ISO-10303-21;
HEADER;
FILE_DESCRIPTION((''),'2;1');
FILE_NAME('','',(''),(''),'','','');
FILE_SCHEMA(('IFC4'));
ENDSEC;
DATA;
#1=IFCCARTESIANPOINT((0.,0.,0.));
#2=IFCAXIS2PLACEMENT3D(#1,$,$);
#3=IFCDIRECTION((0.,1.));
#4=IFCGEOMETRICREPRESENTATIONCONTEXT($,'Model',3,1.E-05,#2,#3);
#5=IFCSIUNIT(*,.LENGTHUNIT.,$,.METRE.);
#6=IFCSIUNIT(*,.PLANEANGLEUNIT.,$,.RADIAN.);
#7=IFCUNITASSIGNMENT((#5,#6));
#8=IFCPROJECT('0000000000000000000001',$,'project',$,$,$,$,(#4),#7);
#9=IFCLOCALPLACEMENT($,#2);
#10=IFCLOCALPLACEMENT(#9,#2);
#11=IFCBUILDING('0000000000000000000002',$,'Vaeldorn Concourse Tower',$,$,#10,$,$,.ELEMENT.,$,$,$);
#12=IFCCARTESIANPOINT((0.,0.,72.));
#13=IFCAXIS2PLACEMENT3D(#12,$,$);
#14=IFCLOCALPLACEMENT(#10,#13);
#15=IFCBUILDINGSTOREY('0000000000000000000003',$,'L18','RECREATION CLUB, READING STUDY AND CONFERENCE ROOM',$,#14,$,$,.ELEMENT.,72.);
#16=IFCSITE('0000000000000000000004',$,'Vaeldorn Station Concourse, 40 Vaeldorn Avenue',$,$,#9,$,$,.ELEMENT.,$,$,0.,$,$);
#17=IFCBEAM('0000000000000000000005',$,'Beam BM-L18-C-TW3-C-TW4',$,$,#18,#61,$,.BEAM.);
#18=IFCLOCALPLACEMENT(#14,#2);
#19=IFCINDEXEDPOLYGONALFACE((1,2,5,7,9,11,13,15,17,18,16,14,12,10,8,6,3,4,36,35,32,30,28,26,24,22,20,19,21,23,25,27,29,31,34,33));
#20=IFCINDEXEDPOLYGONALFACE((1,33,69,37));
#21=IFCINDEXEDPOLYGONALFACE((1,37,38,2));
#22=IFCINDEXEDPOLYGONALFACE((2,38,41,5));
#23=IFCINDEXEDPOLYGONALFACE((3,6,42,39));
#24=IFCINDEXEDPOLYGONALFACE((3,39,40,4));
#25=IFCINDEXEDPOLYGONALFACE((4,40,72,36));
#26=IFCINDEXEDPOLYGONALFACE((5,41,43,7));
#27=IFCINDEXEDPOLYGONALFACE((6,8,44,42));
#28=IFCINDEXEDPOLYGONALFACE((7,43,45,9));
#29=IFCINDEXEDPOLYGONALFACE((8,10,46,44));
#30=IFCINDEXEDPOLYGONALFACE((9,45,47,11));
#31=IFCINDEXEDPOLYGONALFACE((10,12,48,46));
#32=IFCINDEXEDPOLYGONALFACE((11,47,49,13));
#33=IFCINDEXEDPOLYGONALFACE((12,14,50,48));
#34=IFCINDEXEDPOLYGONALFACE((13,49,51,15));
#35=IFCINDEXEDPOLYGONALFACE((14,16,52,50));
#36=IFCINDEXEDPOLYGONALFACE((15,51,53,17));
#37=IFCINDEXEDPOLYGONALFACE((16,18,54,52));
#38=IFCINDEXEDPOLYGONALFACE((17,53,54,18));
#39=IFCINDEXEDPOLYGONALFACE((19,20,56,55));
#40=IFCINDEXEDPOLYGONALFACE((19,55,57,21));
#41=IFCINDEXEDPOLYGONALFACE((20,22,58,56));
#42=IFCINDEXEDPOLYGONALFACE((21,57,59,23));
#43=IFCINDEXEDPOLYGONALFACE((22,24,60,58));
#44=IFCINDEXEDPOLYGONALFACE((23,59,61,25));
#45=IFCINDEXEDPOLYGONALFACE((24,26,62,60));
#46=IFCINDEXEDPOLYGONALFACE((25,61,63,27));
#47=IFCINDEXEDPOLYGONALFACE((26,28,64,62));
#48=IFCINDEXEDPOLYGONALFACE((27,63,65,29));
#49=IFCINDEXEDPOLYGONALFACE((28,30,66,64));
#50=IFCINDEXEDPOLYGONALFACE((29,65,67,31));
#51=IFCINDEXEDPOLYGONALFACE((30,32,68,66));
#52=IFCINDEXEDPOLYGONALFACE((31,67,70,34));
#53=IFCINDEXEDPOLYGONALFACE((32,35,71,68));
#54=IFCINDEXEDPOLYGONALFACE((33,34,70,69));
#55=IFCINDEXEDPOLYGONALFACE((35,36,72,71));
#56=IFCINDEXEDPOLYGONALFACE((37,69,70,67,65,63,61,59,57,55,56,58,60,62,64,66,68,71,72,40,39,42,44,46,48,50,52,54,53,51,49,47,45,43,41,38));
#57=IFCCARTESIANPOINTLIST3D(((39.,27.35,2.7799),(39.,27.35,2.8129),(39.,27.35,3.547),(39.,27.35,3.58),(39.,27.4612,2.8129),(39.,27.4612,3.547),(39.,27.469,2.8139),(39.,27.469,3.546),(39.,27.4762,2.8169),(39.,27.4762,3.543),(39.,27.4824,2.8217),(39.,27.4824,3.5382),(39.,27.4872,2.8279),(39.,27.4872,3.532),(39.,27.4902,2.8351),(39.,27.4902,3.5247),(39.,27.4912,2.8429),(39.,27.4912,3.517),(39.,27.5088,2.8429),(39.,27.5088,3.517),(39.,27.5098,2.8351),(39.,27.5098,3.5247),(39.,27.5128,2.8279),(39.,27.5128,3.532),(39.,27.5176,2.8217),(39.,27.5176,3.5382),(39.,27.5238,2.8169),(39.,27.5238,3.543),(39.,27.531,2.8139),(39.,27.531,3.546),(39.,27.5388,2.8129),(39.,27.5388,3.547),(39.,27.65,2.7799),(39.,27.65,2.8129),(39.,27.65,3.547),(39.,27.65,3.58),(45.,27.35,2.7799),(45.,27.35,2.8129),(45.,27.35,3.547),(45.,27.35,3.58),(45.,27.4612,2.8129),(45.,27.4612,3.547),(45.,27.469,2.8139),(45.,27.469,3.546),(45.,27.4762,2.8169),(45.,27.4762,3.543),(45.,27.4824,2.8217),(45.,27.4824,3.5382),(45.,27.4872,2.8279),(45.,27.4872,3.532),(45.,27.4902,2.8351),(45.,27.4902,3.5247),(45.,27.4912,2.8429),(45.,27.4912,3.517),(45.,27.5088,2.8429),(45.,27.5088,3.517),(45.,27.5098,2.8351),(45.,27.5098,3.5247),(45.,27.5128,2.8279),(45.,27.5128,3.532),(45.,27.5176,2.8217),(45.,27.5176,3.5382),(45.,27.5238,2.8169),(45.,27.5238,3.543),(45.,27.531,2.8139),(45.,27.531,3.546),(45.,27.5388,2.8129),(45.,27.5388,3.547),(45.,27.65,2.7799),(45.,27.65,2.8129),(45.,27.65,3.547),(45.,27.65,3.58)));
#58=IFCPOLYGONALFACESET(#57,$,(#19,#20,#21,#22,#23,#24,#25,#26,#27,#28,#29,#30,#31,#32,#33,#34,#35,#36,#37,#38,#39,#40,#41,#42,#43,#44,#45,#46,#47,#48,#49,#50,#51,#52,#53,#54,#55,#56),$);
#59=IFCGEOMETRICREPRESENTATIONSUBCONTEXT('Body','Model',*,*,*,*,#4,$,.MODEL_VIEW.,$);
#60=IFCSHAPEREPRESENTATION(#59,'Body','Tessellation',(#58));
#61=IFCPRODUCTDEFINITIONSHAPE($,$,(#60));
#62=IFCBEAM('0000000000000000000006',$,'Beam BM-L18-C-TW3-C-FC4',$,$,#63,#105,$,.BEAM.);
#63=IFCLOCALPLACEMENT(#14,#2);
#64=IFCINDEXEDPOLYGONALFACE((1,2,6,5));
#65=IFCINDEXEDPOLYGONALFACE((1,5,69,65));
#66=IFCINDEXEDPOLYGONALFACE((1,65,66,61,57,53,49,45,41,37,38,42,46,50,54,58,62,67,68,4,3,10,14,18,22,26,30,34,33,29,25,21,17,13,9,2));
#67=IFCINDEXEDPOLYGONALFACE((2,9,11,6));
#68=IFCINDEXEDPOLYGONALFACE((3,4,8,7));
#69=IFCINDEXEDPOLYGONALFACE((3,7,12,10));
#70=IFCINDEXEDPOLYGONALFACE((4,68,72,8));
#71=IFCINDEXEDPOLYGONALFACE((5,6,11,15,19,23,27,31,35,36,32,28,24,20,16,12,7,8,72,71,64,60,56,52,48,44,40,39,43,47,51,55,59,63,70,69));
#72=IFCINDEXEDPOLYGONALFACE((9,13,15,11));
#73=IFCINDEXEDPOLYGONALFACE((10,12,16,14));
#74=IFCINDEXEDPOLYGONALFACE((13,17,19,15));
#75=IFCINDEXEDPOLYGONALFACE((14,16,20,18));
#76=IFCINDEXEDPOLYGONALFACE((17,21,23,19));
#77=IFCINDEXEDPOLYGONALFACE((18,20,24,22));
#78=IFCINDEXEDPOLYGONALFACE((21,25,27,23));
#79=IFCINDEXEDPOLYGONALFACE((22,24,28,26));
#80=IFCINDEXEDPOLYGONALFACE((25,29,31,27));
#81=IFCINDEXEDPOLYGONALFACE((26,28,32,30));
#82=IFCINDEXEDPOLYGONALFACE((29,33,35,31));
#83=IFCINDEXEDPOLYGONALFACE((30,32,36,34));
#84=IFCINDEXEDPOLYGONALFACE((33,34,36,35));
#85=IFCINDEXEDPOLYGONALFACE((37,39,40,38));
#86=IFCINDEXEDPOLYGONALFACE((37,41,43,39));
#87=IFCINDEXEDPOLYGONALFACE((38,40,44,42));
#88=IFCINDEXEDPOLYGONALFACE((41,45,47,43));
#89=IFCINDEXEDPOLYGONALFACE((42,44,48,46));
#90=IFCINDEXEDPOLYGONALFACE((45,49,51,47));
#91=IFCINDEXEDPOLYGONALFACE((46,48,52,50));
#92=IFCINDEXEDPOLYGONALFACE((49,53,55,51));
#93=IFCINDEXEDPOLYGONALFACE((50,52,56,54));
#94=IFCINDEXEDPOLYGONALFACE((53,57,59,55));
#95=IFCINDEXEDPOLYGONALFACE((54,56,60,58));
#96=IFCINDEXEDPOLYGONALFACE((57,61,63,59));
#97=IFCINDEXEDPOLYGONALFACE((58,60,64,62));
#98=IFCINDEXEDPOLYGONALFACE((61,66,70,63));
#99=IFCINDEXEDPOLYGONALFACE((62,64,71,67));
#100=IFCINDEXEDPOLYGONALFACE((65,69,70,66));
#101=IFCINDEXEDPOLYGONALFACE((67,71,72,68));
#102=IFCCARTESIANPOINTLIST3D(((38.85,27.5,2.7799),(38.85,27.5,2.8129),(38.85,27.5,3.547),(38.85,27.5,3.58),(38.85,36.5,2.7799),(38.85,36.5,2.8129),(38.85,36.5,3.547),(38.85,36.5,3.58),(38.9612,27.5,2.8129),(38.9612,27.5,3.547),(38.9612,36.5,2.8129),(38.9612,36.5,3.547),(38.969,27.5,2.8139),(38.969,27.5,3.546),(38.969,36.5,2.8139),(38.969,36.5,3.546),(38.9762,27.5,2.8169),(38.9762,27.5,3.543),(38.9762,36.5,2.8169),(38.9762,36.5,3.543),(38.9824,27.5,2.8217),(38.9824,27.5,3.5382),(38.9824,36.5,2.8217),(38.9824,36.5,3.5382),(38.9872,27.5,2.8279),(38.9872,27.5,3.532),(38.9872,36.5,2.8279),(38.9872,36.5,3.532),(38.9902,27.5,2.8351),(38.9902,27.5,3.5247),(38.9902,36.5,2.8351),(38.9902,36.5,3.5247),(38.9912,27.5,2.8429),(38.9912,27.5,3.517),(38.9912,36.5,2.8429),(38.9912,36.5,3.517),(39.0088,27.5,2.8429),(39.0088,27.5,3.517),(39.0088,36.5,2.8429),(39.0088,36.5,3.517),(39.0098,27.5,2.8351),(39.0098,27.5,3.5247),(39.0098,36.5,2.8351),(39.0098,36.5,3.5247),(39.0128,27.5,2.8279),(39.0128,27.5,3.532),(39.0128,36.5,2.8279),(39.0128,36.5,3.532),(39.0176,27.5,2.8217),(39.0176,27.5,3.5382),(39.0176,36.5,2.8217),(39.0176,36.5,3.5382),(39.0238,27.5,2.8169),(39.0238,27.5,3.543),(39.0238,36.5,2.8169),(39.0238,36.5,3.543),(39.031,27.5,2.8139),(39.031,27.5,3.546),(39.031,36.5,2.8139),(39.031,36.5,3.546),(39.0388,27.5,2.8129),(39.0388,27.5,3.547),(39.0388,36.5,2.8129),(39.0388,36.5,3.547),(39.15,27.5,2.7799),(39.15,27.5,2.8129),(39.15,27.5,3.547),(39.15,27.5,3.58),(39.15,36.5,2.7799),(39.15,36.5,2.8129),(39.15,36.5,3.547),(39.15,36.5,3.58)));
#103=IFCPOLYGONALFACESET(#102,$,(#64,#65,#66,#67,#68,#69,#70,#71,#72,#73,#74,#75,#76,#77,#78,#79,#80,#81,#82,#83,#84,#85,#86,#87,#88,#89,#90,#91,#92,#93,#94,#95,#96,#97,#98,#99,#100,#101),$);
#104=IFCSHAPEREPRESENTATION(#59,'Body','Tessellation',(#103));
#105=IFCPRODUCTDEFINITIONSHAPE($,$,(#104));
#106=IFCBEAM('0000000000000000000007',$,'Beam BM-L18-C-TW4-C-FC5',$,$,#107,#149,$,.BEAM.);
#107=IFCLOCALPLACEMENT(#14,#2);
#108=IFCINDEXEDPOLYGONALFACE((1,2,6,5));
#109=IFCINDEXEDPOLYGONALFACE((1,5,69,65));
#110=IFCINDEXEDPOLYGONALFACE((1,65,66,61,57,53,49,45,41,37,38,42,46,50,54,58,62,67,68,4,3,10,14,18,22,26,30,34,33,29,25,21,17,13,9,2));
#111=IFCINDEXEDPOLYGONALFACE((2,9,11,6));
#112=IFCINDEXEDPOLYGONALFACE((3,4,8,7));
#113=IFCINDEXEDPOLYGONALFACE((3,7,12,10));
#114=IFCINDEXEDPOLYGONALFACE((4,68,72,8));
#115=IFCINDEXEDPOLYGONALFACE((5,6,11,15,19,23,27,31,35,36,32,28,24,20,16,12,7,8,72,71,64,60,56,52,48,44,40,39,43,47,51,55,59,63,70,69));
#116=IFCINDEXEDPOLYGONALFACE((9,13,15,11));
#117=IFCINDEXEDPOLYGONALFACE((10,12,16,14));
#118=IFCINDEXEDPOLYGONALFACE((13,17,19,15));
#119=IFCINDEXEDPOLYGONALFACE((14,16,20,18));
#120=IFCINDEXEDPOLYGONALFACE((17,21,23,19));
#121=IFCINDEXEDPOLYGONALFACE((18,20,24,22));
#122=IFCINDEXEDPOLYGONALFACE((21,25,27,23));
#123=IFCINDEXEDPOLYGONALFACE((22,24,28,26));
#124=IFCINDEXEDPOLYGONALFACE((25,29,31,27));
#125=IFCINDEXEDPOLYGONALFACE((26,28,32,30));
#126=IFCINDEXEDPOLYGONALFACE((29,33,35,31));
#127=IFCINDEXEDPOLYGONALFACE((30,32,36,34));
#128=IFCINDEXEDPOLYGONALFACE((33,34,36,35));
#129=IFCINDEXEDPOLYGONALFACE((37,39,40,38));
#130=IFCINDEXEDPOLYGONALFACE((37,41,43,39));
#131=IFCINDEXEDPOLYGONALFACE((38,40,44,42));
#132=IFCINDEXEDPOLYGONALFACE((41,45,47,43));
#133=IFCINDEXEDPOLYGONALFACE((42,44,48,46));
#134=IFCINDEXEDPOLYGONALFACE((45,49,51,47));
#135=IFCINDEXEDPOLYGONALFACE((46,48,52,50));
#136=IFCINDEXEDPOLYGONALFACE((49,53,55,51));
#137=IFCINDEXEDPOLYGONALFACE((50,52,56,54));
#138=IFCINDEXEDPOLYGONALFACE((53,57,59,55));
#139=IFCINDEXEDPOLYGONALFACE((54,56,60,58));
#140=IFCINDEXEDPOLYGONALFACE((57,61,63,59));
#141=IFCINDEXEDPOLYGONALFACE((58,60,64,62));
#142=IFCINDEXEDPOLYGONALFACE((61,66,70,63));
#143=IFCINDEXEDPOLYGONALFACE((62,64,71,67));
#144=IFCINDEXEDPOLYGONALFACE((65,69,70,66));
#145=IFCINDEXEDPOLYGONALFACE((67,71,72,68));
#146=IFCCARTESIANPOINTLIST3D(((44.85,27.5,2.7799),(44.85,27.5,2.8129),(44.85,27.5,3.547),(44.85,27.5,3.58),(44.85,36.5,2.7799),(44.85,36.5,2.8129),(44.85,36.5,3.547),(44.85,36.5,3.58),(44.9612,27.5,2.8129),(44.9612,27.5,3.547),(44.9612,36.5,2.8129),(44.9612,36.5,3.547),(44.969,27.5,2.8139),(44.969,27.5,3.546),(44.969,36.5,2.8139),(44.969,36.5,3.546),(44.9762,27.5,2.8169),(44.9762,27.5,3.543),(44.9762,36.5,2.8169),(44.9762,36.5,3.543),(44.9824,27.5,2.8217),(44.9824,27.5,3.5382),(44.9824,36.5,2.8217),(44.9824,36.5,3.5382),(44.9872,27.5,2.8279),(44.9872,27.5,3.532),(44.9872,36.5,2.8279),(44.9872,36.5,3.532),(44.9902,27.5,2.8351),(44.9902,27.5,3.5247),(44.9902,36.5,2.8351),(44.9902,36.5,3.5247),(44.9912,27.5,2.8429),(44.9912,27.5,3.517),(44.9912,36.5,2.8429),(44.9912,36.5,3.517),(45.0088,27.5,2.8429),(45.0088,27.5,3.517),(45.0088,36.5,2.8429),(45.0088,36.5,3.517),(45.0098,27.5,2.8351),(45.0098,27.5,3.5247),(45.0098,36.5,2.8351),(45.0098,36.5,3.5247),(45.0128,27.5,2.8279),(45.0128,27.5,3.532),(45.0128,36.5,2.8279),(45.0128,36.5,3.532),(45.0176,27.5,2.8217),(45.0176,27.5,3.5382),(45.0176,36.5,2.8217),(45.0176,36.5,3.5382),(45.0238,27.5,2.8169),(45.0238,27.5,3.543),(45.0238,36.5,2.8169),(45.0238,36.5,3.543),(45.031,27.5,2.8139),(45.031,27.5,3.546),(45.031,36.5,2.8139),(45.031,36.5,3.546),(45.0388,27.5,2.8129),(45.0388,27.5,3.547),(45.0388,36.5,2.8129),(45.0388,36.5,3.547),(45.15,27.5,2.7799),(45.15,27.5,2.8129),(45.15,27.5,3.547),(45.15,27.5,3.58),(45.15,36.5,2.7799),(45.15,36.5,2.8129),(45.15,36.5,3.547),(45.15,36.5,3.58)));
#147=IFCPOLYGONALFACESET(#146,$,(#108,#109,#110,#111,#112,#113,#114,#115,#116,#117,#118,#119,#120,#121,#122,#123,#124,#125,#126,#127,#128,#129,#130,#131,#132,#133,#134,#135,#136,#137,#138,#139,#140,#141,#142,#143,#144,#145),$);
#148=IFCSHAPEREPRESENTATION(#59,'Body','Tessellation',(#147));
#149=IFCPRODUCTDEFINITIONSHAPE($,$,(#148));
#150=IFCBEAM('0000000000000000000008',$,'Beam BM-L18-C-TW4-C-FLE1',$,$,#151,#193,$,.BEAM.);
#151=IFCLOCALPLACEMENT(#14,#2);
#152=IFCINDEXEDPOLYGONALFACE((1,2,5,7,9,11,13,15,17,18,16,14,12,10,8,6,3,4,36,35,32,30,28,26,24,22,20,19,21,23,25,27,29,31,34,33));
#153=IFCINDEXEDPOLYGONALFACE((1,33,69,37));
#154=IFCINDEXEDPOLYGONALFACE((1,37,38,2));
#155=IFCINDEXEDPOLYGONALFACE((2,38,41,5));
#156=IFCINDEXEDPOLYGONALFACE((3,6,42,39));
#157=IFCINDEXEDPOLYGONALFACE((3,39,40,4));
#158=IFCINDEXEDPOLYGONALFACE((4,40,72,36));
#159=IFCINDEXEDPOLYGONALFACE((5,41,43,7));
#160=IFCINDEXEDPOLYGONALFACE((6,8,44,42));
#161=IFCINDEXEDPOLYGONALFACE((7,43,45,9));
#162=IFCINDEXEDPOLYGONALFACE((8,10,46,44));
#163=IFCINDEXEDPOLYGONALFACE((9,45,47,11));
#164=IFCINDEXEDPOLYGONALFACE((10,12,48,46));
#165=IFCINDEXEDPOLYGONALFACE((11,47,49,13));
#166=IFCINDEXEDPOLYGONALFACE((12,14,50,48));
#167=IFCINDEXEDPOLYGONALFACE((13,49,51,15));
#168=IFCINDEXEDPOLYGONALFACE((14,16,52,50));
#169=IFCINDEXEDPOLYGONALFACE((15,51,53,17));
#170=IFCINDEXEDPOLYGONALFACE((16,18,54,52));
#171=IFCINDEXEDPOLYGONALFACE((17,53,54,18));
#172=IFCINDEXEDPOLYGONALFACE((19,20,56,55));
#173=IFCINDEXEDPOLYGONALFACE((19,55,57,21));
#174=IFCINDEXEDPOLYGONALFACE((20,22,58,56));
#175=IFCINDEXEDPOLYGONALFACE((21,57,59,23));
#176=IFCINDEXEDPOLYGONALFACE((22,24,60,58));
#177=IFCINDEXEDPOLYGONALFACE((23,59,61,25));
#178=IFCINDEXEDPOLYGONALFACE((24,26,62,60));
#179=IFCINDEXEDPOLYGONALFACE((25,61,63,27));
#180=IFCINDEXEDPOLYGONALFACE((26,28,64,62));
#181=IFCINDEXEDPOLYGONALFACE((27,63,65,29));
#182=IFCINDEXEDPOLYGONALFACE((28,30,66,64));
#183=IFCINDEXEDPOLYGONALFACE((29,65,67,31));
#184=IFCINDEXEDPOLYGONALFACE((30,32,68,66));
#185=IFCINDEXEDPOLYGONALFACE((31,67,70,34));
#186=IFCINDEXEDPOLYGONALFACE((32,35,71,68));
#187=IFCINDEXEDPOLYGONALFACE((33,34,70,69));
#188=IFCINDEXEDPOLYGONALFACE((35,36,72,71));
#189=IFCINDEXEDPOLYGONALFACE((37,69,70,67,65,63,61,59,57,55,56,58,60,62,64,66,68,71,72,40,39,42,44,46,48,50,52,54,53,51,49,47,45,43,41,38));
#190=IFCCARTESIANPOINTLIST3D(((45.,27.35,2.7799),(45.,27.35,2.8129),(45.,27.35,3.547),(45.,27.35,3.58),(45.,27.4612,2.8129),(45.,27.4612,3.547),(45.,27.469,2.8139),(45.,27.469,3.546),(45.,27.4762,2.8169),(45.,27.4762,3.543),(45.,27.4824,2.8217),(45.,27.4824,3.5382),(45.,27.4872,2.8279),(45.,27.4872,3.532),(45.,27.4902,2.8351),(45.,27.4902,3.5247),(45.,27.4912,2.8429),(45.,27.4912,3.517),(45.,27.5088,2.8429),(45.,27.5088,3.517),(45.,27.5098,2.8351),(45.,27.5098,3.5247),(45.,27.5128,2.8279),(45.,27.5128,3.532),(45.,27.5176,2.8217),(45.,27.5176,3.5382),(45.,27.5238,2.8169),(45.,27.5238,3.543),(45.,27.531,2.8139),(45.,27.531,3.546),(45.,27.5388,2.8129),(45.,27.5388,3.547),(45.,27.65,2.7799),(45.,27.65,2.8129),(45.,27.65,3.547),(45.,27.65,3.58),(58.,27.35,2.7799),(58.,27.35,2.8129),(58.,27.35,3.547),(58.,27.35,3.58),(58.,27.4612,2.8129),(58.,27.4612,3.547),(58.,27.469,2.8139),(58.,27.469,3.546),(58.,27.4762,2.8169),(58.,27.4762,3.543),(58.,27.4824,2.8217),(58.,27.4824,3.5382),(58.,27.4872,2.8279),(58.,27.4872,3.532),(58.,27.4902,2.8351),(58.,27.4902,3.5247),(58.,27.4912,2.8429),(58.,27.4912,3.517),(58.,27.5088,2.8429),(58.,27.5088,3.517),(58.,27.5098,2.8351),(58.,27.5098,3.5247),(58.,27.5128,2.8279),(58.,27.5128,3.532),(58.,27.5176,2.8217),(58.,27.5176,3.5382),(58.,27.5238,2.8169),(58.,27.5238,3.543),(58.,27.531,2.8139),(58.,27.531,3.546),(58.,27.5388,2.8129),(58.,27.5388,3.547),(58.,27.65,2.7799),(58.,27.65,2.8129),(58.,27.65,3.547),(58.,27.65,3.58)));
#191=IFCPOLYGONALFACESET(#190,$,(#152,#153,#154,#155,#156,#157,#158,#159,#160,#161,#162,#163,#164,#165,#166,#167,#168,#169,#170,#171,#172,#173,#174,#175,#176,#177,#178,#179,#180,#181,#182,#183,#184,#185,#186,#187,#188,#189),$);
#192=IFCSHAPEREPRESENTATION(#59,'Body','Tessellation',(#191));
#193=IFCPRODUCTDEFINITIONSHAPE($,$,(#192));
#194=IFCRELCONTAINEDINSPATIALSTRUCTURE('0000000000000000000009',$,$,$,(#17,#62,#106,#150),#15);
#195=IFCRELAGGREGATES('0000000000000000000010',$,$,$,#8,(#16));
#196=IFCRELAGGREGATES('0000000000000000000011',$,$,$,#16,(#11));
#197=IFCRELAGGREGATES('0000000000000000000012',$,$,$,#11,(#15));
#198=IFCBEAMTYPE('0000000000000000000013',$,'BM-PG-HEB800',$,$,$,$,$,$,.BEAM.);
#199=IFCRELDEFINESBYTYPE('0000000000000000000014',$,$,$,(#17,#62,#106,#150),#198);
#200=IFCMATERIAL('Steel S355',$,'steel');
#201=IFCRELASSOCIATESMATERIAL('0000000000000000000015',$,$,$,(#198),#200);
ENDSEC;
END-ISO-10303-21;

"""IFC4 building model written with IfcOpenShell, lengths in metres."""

from ifc_helpers import new_model, si_unit, direction, frame, origin, origin_2d, place, context, subcontext, project, spatial, i_section, extrude, source, transform, mapped, material, material_profile, profile_set, type_object, element, save


model = new_model("IFC4")

# Units and contexts
model_context = context("Model", 3, precision=1e-05, world=origin(), true_north=direction((0.0, 1.0)))
body_context = subcontext(model_context, "Body", "Model", "MODEL_VIEW")
ifc_project = project(units=[si_unit("LENGTHUNIT", "METRE"), si_unit("PLANEANGLEUNIT", "RADIAN")], contexts=[model_context])

# Site, building, storey
site_placement = place(None, origin())
site = spatial("IfcSite", under=ifc_project, at=site_placement, Name="Vaeldorn Station Concourse, 40 Vaeldorn Avenue", CompositionType="ELEMENT", RefElevation=0.0)
building_placement = place(site_placement, origin())
building = spatial("IfcBuilding", under=site, at=building_placement, Name="Vaeldorn Concourse Tower", CompositionType="ELEMENT")
storey_placement = place(building_placement, frame((0.0, 0.0, 72.0)))
storey = spatial("IfcBuildingStorey", under=building, at=storey_placement, Name="L18", Description="RECREATION CLUB, READING STUDY AND CONFERENCE ROOM", CompositionType="ELEMENT", Elevation=72.0)

# Beams
ifc_material_1 = material(Name="Steel S355", Category="steel")
ifc_material_profile_1 = material_profile(ifc_material_1, i_section(OverallWidth=0.3, OverallDepth=0.8, WebThickness=0.0176, FlangeThickness=0.033, FilletRadius=0.03, at=origin_2d()), Name="HEB 800")
ifc_profile_set_1 = profile_set([ifc_material_profile_1], Name="Steel S355")
beam_type_1 = type_object("IfcBeamType", Name="BM-PG-HEB800", PredefinedType="BEAM", material=ifc_profile_set_1)
shared_shape_1 = source(origin(), body_context, "Body", "SweptSolid", [
    extrude(i_section(OverallWidth=0.3, OverallDepth=0.8, WebThickness=0.0176, FlangeThickness=0.033, FilletRadius=0.03, at=origin_2d()), origin(), (0.0, 0.0, 1.0), 6.0),
])
for number, where, z_axis, x_axis, name in (
    (1, (39.0, 27.5, 3.1799), (1.0, 0.0, 0.0), (0.0, 1.0, 0.0), "Beam BM-L18-C-TW3-C-TW4"),
):
    element("IfcBeam", number, at=place(storey_placement, frame(where, z_axis=z_axis, x_axis=x_axis)), inside=storey, type_object=beam_type_1, Name=name, PredefinedType="BEAM", context=body_context, shape_type="MappedRepresentation", body=[
        mapped(shared_shape_1, transform((0.0, 0.0, 0.0), scale=1.0)),
    ])
shared_shape_2 = source(origin(), body_context, "Body", "SweptSolid", [
    extrude(i_section(OverallWidth=0.3, OverallDepth=0.8, WebThickness=0.0176, FlangeThickness=0.033, FilletRadius=0.03, at=origin_2d()), origin(), (0.0, 0.0, 1.0), 9.0),
])
for number, where, z_axis, x_axis, name in (
    (2, (39.0, 27.5, 3.1799), (0.0, 1.0, 0.0), (-1.0, 0.0, 0.0), "Beam BM-L18-C-TW3-C-FC4"),
    (3, (45.0, 27.5, 3.1799), (0.0, 1.0, 0.0), (-1.0, 0.0, 0.0), "Beam BM-L18-C-TW4-C-FC5"),
):
    element("IfcBeam", number, at=place(storey_placement, frame(where, z_axis=z_axis, x_axis=x_axis)), inside=storey, type_object=beam_type_1, Name=name, PredefinedType="BEAM", context=body_context, shape_type="MappedRepresentation", body=[
        mapped(shared_shape_2, transform((0.0, 0.0, 0.0), scale=1.0)),
    ])
shared_shape_3 = source(origin(), body_context, "Body", "SweptSolid", [
    extrude(i_section(OverallWidth=0.3, OverallDepth=0.8, WebThickness=0.0176, FlangeThickness=0.033, FilletRadius=0.03, at=origin_2d()), origin(), (0.0, 0.0, 1.0), 13.0),
])
beam_1_placement = place(storey_placement, frame((45.0, 27.5, 3.1799), z_axis=(1.0, 0.0, 0.0), x_axis=(0.0, 1.0, 0.0)))
element("IfcBeam", 4, at=beam_1_placement, inside=storey, type_object=beam_type_1, Name="Beam BM-L18-C-TW4-C-FLE1", PredefinedType="BEAM", context=body_context, shape_type="MappedRepresentation", body=[
    mapped(shared_shape_3, transform((0.0, 0.0, 0.0), scale=1.0)),
])

save(model, "model.ifc")
